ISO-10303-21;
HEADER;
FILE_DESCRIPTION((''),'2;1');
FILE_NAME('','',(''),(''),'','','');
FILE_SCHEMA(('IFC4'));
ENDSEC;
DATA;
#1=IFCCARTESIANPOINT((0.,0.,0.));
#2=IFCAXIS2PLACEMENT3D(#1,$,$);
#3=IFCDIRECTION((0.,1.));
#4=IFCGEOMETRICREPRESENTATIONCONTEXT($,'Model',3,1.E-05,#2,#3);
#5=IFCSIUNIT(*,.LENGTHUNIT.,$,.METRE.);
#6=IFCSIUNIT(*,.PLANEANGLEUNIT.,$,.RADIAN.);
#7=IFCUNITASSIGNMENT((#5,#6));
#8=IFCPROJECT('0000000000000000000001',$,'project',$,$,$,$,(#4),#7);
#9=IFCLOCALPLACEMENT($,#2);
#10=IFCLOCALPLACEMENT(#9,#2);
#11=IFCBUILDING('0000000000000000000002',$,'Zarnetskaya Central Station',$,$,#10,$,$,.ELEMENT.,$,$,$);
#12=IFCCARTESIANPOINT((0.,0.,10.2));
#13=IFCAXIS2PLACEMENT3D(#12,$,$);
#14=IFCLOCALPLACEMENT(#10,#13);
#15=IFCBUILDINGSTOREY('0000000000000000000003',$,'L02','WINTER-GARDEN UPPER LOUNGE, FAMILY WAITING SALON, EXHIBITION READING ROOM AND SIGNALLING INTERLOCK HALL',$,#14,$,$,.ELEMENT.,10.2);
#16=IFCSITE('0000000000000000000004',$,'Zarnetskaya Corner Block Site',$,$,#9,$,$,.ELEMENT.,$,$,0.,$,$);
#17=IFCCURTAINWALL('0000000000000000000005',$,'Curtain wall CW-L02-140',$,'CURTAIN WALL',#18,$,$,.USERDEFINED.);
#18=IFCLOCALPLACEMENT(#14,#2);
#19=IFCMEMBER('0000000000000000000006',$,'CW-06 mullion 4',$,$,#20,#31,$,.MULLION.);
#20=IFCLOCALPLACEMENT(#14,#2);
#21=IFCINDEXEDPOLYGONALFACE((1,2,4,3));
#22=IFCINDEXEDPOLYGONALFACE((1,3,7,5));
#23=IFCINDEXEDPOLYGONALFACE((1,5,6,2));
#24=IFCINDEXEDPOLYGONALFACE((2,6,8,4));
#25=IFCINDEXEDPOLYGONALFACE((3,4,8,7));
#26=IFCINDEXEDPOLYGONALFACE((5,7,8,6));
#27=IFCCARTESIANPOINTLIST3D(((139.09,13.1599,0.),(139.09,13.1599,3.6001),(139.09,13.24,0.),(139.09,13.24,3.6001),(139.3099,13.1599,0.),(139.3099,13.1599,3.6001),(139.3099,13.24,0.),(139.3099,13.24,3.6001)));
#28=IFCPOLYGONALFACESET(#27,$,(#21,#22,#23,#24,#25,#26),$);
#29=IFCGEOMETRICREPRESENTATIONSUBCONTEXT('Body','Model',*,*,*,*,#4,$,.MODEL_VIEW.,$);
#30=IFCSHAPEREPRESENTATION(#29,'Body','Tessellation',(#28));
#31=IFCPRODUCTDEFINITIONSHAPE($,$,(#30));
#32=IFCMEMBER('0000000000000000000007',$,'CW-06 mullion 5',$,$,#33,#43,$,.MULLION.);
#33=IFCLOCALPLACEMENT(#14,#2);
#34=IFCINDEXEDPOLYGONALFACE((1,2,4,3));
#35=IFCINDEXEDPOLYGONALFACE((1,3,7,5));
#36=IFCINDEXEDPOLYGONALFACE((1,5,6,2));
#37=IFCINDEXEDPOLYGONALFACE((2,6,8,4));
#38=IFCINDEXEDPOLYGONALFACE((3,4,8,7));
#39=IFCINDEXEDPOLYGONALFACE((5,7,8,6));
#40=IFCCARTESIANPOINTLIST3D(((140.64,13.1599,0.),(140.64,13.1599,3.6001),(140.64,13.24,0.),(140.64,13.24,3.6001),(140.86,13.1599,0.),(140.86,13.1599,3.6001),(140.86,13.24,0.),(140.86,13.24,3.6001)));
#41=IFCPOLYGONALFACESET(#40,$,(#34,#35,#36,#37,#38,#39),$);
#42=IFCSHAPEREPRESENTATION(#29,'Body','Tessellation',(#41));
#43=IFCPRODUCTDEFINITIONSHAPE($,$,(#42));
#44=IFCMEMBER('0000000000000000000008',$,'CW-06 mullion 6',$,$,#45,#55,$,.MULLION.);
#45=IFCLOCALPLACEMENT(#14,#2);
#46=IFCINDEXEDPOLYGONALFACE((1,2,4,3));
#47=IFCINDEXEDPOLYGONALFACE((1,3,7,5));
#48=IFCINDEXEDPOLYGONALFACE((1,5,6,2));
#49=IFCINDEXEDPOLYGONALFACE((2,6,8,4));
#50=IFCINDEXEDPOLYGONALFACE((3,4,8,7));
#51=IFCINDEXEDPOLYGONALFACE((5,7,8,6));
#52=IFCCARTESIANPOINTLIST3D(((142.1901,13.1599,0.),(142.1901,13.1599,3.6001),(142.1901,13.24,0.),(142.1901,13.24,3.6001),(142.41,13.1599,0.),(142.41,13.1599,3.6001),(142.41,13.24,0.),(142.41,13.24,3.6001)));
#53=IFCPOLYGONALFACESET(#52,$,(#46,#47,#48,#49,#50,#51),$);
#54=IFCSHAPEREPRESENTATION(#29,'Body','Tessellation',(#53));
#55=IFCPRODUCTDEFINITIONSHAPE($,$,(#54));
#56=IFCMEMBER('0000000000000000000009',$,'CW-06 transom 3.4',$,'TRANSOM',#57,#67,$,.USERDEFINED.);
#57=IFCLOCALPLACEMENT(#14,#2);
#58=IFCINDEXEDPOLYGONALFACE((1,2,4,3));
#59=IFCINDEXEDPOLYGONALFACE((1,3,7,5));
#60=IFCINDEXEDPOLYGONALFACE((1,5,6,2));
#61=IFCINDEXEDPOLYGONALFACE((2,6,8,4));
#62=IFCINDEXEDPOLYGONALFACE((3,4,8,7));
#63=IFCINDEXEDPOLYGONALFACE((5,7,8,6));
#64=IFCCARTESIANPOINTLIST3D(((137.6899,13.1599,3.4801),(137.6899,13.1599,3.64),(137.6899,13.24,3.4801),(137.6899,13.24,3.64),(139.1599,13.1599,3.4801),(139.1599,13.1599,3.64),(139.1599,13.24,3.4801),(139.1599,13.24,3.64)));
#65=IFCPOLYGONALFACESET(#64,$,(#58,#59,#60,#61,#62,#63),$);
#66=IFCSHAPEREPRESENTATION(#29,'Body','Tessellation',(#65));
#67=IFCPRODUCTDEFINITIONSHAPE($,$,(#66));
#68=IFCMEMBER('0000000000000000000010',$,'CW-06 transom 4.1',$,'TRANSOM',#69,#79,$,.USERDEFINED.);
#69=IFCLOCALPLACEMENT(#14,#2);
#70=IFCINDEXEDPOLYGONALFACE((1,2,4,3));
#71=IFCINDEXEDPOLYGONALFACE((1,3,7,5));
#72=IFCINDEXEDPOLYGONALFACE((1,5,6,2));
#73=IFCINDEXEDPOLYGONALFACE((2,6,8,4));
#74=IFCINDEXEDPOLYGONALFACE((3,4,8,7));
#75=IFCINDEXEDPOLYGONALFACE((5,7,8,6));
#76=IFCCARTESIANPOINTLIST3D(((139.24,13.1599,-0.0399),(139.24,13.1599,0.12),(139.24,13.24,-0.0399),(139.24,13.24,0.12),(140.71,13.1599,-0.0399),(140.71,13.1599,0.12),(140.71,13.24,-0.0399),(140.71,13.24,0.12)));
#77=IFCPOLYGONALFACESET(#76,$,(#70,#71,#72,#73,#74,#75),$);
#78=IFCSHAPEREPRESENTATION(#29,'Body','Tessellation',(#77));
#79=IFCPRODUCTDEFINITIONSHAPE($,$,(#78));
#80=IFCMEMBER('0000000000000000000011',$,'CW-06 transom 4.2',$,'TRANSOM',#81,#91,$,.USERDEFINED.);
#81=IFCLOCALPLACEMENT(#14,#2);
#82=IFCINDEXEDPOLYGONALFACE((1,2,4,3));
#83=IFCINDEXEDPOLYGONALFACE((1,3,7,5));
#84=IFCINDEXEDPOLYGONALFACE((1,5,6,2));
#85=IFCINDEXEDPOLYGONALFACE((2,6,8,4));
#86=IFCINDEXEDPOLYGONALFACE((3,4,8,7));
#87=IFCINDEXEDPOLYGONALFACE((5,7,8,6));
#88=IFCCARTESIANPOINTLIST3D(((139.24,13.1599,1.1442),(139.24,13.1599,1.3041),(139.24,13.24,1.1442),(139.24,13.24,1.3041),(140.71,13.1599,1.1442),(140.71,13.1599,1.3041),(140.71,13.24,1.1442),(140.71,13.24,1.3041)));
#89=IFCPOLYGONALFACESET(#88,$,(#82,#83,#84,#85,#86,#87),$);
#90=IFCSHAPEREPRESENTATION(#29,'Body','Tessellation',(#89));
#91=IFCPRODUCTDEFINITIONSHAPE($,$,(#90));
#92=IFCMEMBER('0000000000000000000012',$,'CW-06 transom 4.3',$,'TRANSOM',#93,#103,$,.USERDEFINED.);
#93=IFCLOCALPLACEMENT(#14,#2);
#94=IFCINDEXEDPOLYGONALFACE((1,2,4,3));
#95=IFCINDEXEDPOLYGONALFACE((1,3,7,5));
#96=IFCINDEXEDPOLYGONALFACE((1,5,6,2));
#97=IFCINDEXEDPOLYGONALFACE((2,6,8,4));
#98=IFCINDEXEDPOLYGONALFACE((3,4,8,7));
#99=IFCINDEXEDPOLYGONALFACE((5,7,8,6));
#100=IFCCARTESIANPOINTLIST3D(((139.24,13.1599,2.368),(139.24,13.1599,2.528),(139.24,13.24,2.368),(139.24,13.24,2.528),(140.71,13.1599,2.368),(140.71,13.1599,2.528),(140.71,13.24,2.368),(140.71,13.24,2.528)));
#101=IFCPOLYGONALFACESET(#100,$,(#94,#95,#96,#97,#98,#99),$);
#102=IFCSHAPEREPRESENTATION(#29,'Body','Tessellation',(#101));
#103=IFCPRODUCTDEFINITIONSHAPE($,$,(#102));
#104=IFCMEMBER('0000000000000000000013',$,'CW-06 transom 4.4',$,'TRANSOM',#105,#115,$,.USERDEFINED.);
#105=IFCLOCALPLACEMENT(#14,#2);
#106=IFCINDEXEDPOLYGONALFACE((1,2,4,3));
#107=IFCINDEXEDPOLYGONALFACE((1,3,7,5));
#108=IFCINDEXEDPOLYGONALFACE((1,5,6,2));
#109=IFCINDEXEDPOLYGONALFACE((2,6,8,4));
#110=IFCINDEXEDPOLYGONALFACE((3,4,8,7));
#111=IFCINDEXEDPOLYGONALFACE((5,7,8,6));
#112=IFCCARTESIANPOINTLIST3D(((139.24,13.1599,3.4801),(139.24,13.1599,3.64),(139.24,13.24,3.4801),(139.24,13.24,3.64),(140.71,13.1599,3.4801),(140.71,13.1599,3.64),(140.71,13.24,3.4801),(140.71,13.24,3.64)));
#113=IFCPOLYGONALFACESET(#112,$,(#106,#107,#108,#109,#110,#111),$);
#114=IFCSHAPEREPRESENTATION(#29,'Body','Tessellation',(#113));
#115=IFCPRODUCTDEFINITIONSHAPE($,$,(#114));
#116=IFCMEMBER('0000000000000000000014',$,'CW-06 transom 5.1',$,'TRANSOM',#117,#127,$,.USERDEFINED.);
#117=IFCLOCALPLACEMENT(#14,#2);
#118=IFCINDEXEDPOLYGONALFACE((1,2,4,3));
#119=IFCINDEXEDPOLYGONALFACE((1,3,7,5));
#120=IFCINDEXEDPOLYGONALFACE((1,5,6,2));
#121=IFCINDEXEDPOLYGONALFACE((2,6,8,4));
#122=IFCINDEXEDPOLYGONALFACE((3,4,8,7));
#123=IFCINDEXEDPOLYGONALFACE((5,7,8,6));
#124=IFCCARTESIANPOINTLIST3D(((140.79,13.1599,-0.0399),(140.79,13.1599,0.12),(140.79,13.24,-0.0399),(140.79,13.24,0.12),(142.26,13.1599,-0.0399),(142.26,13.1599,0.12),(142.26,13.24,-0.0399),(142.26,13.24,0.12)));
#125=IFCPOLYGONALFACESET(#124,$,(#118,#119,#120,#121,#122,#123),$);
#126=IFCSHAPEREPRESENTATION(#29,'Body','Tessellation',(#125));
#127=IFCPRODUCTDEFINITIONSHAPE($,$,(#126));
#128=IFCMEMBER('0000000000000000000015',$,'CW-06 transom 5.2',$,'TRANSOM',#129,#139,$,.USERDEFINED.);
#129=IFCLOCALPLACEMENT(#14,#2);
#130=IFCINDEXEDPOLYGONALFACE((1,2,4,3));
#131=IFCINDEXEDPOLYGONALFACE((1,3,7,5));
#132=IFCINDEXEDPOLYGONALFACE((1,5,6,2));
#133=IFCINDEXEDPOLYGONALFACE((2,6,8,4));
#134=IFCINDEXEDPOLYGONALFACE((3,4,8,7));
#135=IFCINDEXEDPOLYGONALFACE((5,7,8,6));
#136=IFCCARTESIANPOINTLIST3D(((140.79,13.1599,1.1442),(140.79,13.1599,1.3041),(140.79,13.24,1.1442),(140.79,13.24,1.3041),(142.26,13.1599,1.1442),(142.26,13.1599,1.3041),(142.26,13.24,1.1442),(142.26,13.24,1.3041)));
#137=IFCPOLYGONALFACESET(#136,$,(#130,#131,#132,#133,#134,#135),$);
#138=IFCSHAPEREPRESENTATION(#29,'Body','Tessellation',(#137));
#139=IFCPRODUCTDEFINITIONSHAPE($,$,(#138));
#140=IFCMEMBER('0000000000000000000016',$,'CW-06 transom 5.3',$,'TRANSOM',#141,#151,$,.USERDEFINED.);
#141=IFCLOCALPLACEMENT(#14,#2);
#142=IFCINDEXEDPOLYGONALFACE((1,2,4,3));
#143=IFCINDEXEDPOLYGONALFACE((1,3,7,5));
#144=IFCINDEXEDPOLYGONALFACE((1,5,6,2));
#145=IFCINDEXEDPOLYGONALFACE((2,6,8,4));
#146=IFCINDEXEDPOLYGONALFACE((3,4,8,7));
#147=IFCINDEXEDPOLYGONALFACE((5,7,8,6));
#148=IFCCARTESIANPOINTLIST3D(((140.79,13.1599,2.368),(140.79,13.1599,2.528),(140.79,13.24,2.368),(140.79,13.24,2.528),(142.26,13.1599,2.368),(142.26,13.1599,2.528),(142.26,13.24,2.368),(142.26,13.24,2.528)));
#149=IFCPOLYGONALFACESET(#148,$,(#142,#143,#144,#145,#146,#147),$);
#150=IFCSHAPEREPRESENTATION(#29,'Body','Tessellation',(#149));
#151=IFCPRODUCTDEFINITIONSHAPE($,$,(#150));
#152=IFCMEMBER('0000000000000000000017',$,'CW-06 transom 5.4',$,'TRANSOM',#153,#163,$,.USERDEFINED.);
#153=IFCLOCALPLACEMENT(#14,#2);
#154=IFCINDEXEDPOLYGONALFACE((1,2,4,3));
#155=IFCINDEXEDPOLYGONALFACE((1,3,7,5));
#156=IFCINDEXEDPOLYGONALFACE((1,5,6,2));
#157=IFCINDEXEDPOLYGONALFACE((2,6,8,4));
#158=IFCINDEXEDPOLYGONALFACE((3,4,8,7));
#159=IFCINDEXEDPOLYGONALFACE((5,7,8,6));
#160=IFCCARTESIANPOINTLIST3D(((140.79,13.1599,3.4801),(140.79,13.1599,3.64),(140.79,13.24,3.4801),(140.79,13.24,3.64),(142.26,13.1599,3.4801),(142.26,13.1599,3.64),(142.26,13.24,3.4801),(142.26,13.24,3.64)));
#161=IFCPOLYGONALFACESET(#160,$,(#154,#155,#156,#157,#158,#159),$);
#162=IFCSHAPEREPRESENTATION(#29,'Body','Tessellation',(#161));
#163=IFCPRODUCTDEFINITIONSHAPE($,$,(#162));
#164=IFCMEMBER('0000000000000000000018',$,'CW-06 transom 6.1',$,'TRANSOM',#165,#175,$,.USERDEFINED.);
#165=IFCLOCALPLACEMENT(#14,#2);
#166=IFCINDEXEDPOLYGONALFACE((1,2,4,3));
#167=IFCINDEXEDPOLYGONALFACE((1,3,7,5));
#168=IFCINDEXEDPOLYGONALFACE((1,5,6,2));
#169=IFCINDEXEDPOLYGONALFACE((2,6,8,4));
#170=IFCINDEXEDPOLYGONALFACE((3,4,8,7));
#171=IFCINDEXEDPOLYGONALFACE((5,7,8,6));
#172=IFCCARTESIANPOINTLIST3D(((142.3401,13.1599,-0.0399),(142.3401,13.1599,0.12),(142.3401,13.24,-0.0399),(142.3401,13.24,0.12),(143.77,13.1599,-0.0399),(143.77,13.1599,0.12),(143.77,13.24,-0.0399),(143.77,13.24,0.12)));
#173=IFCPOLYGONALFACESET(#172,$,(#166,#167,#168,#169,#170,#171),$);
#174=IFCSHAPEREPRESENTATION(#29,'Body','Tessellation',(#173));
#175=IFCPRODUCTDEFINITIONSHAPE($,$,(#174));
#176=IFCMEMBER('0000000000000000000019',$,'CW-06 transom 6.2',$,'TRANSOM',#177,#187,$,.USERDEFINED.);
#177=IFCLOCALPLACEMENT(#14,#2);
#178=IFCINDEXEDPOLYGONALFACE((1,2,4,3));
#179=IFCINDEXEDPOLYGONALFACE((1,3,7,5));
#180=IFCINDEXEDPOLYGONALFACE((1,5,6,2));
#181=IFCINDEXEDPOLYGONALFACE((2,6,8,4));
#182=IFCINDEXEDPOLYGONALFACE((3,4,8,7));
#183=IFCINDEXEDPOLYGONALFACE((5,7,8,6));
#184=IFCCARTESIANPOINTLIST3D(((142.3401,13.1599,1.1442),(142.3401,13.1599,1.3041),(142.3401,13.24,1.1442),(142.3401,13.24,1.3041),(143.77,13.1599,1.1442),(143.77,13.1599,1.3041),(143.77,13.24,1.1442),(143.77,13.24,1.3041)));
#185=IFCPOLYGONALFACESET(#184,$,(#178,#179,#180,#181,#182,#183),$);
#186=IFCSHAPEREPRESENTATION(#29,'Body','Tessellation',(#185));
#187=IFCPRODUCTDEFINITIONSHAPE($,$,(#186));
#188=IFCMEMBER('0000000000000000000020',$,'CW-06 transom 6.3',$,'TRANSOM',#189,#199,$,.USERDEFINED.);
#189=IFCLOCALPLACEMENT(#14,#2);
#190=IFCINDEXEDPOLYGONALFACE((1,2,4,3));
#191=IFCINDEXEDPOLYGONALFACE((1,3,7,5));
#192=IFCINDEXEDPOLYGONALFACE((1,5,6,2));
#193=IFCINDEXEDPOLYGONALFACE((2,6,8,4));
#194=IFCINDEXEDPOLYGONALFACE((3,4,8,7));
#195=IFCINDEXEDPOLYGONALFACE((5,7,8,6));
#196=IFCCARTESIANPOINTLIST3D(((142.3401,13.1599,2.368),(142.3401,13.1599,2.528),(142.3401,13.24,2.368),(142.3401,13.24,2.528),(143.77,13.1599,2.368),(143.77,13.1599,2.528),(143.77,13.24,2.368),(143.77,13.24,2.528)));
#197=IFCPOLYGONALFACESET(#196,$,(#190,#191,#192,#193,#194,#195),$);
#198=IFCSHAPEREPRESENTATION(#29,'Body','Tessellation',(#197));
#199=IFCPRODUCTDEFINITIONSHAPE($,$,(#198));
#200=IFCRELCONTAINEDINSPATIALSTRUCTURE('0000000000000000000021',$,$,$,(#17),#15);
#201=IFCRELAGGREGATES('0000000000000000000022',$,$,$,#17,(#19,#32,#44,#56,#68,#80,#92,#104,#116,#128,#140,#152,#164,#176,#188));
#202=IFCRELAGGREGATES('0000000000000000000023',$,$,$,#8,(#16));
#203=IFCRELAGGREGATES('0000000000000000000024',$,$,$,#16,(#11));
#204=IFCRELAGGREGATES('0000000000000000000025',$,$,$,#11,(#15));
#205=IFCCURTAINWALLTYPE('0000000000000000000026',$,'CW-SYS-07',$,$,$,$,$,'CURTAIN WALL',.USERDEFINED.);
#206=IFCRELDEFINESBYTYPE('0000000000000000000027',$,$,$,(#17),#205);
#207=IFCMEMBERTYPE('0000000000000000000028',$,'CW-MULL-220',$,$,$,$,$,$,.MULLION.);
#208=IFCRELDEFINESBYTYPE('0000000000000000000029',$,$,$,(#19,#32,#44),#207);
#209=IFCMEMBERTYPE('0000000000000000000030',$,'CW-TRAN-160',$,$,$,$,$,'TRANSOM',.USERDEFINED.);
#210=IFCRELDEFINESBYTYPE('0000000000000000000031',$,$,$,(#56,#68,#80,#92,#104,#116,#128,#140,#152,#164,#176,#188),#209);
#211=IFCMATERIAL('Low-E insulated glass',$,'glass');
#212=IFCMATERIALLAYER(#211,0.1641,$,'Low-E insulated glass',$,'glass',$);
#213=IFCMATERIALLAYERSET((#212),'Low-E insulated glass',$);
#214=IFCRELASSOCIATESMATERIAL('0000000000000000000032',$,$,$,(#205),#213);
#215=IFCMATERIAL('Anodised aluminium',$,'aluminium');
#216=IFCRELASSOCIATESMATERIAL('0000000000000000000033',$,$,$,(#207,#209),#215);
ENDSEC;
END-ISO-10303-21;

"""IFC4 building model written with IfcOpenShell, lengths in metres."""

from ifc_helpers import new_model, si_unit, direction, frame, origin, origin_2d, place, context, subcontext, project, spatial, rectangle, extrude, material, layer, layer_set, material_profile, profile_set, type_object, element, aggregate, save


model = new_model("IFC4")

# Units and contexts
model_context = context("Model", 3, precision=1e-05, world=origin(), true_north=direction((0.0, 1.0)))
body_context = subcontext(model_context, "Body", "Model", "MODEL_VIEW")
ifc_project = project(units=[si_unit("LENGTHUNIT", "METRE"), si_unit("PLANEANGLEUNIT", "RADIAN")], contexts=[model_context])

# Site, building, storey
site_placement = place(None, origin())
site = spatial("IfcSite", under=ifc_project, at=site_placement, Name="Zarnetskaya Corner Block Site", CompositionType="ELEMENT", RefElevation=0.0)
building_placement = place(site_placement, origin())
building = spatial("IfcBuilding", under=site, at=building_placement, Name="Zarnetskaya Central Station", CompositionType="ELEMENT")
storey_placement = place(building_placement, frame((0.0, 0.0, 10.2)))
storey = spatial("IfcBuildingStorey", under=building, at=storey_placement, Name="L02", Description="WINTER-GARDEN UPPER LOUNGE, FAMILY WAITING SALON, EXHIBITION READING ROOM AND SIGNALLING INTERLOCK HALL", CompositionType="ELEMENT", Elevation=10.2)

# Curtain wall, members
ifc_material_1 = material(Name="Low-E insulated glass", Category="glass")
ifc_layer_1 = layer(ifc_material_1, 0.1641, Name="Low-E insulated glass", Category="glass")
ifc_layer_set_1 = layer_set([ifc_layer_1], Name="Low-E insulated glass")
curtain_wall_type = type_object("IfcCurtainWallType", Name="CW-SYS-07", ElementType="CURTAIN WALL", PredefinedType="USERDEFINED", material=ifc_layer_set_1)
curtain_wall_placement = place(storey_placement, origin())
curtain_wall = element("IfcCurtainWall", 1, at=curtain_wall_placement, inside=storey, type_object=curtain_wall_type, Name="Curtain wall CW-L02-140", ObjectType="CURTAIN WALL", PredefinedType="USERDEFINED")
ifc_material_2 = material(Name="Anodised aluminium", Category="aluminium")
ifc_material_profile_1 = material_profile(ifc_material_2, rectangle(XDim=0.0801, YDim=0.22, at=origin_2d()), Name="ALU MULL 80x220")
ifc_profile_set_1 = profile_set([ifc_material_profile_1], Name="Anodised aluminium")
member_type_1 = type_object("IfcMemberType", Name="CW-MULL-220", PredefinedType="MULLION", material=ifc_profile_set_1)
member_1_placement = place(storey_placement, frame((139.2, 13.2, 0.0), z_axis=(0.0, 0.0, 1.0), x_axis=(0.0, 1.0, 0.0)))
member_1 = element("IfcMember", 2, at=member_1_placement, type_object=member_type_1, Name="CW-06 mullion 4", PredefinedType="MULLION", context=body_context, shape_type="SweptSolid", body=[
    extrude(rectangle(XDim=0.0801, YDim=0.22, at=origin_2d()), origin(), (0.0, 0.0, 1.0), 3.6001),
])
member_2_placement = place(storey_placement, frame((140.75, 13.2, 0.0), z_axis=(0.0, 0.0, 1.0), x_axis=(0.0, 1.0, 0.0)))
member_2 = element("IfcMember", 3, at=member_2_placement, type_object=member_type_1, Name="CW-06 mullion 5", PredefinedType="MULLION", context=body_context, shape_type="SweptSolid", body=[
    extrude(rectangle(XDim=0.0801, YDim=0.22, at=origin_2d()), origin(), (0.0, 0.0, 1.0), 3.6001),
])
member_3_placement = place(storey_placement, frame((142.3, 13.2, 0.0), z_axis=(0.0, 0.0, 1.0), x_axis=(0.0, 1.0, 0.0)))
member_3 = element("IfcMember", 4, at=member_3_placement, type_object=member_type_1, Name="CW-06 mullion 6", PredefinedType="MULLION", context=body_context, shape_type="SweptSolid", body=[
    extrude(rectangle(XDim=0.0801, YDim=0.22, at=origin_2d()), origin(), (0.0, 0.0, 1.0), 3.6001),
])
ifc_material_profile_2 = material_profile(ifc_material_2, rectangle(XDim=0.0801, YDim=0.1599, at=origin_2d()), Name="ALU TRAN 80x160")
ifc_profile_set_2 = profile_set([ifc_material_profile_2], Name="Anodised aluminium")
member_type_2 = type_object("IfcMemberType", Name="CW-TRAN-160", ElementType="TRANSOM", PredefinedType="USERDEFINED", material=ifc_profile_set_2)
member_4_placement = place(storey_placement, frame((137.6899, 13.2, 3.5601), z_axis=(1.0, 0.0, 0.0), x_axis=(0.0, 1.0, 0.0)))
member_4 = element("IfcMember", 5, at=member_4_placement, type_object=member_type_2, Name="CW-06 transom 3.4", ObjectType="TRANSOM", PredefinedType="USERDEFINED", context=body_context, shape_type="SweptSolid", body=[
    extrude(rectangle(XDim=0.0801, YDim=0.1599, at=origin_2d()), origin(), (0.0, 0.0, 1.0), 1.47),
])
member_5_placement = place(storey_placement, frame((139.24, 13.2, 0.04), z_axis=(1.0, 0.0, 0.0), x_axis=(0.0, 1.0, 0.0)))
member_5 = element("IfcMember", 6, at=member_5_placement, type_object=member_type_2, Name="CW-06 transom 4.1", ObjectType="TRANSOM", PredefinedType="USERDEFINED", context=body_context, shape_type="SweptSolid", body=[
    extrude(rectangle(XDim=0.0801, YDim=0.1599, at=origin_2d()), origin(), (0.0, 0.0, 1.0), 1.47),
])
member_6_placement = place(storey_placement, frame((139.24, 13.2, 1.2241), z_axis=(1.0, 0.0, 0.0), x_axis=(0.0, 1.0, 0.0)))
member_6 = element("IfcMember", 7, at=member_6_placement, type_object=member_type_2, Name="CW-06 transom 4.2", ObjectType="TRANSOM", PredefinedType="USERDEFINED", context=body_context, shape_type="SweptSolid", body=[
    extrude(rectangle(XDim=0.0801, YDim=0.1599, at=origin_2d()), origin(), (0.0, 0.0, 1.0), 1.47),
])
member_7_placement = place(storey_placement, frame((139.24, 13.2, 2.448), z_axis=(1.0, 0.0, 0.0), x_axis=(0.0, 1.0, 0.0)))
member_7 = element("IfcMember", 8, at=member_7_placement, type_object=member_type_2, Name="CW-06 transom 4.3", ObjectType="TRANSOM", PredefinedType="USERDEFINED", context=body_context, shape_type="SweptSolid", body=[
    extrude(rectangle(XDim=0.0801, YDim=0.1599, at=origin_2d()), origin(), (0.0, 0.0, 1.0), 1.47),
])
member_8_placement = place(storey_placement, frame((139.24, 13.2, 3.5601), z_axis=(1.0, 0.0, 0.0), x_axis=(0.0, 1.0, 0.0)))
member_8 = element("IfcMember", 9, at=member_8_placement, type_object=member_type_2, Name="CW-06 transom 4.4", ObjectType="TRANSOM", PredefinedType="USERDEFINED", context=body_context, shape_type="SweptSolid", body=[
    extrude(rectangle(XDim=0.0801, YDim=0.1599, at=origin_2d()), origin(), (0.0, 0.0, 1.0), 1.47),
])
member_9_placement = place(storey_placement, frame((140.79, 13.2, 0.04), z_axis=(1.0, 0.0, 0.0), x_axis=(0.0, 1.0, 0.0)))
member_9 = element("IfcMember", 10, at=member_9_placement, type_object=member_type_2, Name="CW-06 transom 5.1", ObjectType="TRANSOM", PredefinedType="USERDEFINED", context=body_context, shape_type="SweptSolid", body=[
    extrude(rectangle(XDim=0.0801, YDim=0.1599, at=origin_2d()), origin(), (0.0, 0.0, 1.0), 1.47),
])
member_10_placement = place(storey_placement, frame((140.79, 13.2, 1.2241), z_axis=(1.0, 0.0, 0.0), x_axis=(0.0, 1.0, 0.0)))
member_10 = element("IfcMember", 11, at=member_10_placement, type_object=member_type_2, Name="CW-06 transom 5.2", ObjectType="TRANSOM", PredefinedType="USERDEFINED", context=body_context, shape_type="SweptSolid", body=[
    extrude(rectangle(XDim=0.0801, YDim=0.1599, at=origin_2d()), origin(), (0.0, 0.0, 1.0), 1.47),
])
member_11_placement = place(storey_placement, frame((140.79, 13.2, 2.448), z_axis=(1.0, 0.0, 0.0), x_axis=(0.0, 1.0, 0.0)))
member_11 = element("IfcMember", 12, at=member_11_placement, type_object=member_type_2, Name="CW-06 transom 5.3", ObjectType="TRANSOM", PredefinedType="USERDEFINED", context=body_context, shape_type="SweptSolid", body=[
    extrude(rectangle(XDim=0.0801, YDim=0.1599, at=origin_2d()), origin(), (0.0, 0.0, 1.0), 1.47),
])
member_12_placement = place(storey_placement, frame((140.79, 13.2, 3.5601), z_axis=(1.0, 0.0, 0.0), x_axis=(0.0, 1.0, 0.0)))
member_12 = element("IfcMember", 13, at=member_12_placement, type_object=member_type_2, Name="CW-06 transom 5.4", ObjectType="TRANSOM", PredefinedType="USERDEFINED", context=body_context, shape_type="SweptSolid", body=[
    extrude(rectangle(XDim=0.0801, YDim=0.1599, at=origin_2d()), origin(), (0.0, 0.0, 1.0), 1.47),
])
member_13_placement = place(storey_placement, frame((142.3401, 13.2, 0.04), z_axis=(1.0, 0.0, 0.0), x_axis=(0.0, 1.0, 0.0)))
member_13 = element("IfcMember", 14, at=member_13_placement, type_object=member_type_2, Name="CW-06 transom 6.1", ObjectType="TRANSOM", PredefinedType="USERDEFINED", context=body_context, shape_type="SweptSolid", body=[
    extrude(rectangle(XDim=0.0801, YDim=0.1599, at=origin_2d()), origin(), (0.0, 0.0, 1.0), 1.4299),
])
member_14_placement = place(storey_placement, frame((142.3401, 13.2, 1.2241), z_axis=(1.0, 0.0, 0.0), x_axis=(0.0, 1.0, 0.0)))
member_14 = element("IfcMember", 15, at=member_14_placement, type_object=member_type_2, Name="CW-06 transom 6.2", ObjectType="TRANSOM", PredefinedType="USERDEFINED", context=body_context, shape_type="SweptSolid", body=[
    extrude(rectangle(XDim=0.0801, YDim=0.1599, at=origin_2d()), origin(), (0.0, 0.0, 1.0), 1.4299),
])
member_15_placement = place(storey_placement, frame((142.3401, 13.2, 2.448), z_axis=(1.0, 0.0, 0.0), x_axis=(0.0, 1.0, 0.0)))
member_15 = element("IfcMember", 16, at=member_15_placement, type_object=member_type_2, Name="CW-06 transom 6.3", ObjectType="TRANSOM", PredefinedType="USERDEFINED", context=body_context, shape_type="SweptSolid", body=[
    extrude(rectangle(XDim=0.0801, YDim=0.1599, at=origin_2d()), origin(), (0.0, 0.0, 1.0), 1.4299),
])
aggregate(curtain_wall, [member_1, member_2, member_3, member_4, member_5, member_6, member_7, member_8, member_9, member_10, member_11, member_12, member_13, member_14, member_15])

save(model, "model.ifc")
